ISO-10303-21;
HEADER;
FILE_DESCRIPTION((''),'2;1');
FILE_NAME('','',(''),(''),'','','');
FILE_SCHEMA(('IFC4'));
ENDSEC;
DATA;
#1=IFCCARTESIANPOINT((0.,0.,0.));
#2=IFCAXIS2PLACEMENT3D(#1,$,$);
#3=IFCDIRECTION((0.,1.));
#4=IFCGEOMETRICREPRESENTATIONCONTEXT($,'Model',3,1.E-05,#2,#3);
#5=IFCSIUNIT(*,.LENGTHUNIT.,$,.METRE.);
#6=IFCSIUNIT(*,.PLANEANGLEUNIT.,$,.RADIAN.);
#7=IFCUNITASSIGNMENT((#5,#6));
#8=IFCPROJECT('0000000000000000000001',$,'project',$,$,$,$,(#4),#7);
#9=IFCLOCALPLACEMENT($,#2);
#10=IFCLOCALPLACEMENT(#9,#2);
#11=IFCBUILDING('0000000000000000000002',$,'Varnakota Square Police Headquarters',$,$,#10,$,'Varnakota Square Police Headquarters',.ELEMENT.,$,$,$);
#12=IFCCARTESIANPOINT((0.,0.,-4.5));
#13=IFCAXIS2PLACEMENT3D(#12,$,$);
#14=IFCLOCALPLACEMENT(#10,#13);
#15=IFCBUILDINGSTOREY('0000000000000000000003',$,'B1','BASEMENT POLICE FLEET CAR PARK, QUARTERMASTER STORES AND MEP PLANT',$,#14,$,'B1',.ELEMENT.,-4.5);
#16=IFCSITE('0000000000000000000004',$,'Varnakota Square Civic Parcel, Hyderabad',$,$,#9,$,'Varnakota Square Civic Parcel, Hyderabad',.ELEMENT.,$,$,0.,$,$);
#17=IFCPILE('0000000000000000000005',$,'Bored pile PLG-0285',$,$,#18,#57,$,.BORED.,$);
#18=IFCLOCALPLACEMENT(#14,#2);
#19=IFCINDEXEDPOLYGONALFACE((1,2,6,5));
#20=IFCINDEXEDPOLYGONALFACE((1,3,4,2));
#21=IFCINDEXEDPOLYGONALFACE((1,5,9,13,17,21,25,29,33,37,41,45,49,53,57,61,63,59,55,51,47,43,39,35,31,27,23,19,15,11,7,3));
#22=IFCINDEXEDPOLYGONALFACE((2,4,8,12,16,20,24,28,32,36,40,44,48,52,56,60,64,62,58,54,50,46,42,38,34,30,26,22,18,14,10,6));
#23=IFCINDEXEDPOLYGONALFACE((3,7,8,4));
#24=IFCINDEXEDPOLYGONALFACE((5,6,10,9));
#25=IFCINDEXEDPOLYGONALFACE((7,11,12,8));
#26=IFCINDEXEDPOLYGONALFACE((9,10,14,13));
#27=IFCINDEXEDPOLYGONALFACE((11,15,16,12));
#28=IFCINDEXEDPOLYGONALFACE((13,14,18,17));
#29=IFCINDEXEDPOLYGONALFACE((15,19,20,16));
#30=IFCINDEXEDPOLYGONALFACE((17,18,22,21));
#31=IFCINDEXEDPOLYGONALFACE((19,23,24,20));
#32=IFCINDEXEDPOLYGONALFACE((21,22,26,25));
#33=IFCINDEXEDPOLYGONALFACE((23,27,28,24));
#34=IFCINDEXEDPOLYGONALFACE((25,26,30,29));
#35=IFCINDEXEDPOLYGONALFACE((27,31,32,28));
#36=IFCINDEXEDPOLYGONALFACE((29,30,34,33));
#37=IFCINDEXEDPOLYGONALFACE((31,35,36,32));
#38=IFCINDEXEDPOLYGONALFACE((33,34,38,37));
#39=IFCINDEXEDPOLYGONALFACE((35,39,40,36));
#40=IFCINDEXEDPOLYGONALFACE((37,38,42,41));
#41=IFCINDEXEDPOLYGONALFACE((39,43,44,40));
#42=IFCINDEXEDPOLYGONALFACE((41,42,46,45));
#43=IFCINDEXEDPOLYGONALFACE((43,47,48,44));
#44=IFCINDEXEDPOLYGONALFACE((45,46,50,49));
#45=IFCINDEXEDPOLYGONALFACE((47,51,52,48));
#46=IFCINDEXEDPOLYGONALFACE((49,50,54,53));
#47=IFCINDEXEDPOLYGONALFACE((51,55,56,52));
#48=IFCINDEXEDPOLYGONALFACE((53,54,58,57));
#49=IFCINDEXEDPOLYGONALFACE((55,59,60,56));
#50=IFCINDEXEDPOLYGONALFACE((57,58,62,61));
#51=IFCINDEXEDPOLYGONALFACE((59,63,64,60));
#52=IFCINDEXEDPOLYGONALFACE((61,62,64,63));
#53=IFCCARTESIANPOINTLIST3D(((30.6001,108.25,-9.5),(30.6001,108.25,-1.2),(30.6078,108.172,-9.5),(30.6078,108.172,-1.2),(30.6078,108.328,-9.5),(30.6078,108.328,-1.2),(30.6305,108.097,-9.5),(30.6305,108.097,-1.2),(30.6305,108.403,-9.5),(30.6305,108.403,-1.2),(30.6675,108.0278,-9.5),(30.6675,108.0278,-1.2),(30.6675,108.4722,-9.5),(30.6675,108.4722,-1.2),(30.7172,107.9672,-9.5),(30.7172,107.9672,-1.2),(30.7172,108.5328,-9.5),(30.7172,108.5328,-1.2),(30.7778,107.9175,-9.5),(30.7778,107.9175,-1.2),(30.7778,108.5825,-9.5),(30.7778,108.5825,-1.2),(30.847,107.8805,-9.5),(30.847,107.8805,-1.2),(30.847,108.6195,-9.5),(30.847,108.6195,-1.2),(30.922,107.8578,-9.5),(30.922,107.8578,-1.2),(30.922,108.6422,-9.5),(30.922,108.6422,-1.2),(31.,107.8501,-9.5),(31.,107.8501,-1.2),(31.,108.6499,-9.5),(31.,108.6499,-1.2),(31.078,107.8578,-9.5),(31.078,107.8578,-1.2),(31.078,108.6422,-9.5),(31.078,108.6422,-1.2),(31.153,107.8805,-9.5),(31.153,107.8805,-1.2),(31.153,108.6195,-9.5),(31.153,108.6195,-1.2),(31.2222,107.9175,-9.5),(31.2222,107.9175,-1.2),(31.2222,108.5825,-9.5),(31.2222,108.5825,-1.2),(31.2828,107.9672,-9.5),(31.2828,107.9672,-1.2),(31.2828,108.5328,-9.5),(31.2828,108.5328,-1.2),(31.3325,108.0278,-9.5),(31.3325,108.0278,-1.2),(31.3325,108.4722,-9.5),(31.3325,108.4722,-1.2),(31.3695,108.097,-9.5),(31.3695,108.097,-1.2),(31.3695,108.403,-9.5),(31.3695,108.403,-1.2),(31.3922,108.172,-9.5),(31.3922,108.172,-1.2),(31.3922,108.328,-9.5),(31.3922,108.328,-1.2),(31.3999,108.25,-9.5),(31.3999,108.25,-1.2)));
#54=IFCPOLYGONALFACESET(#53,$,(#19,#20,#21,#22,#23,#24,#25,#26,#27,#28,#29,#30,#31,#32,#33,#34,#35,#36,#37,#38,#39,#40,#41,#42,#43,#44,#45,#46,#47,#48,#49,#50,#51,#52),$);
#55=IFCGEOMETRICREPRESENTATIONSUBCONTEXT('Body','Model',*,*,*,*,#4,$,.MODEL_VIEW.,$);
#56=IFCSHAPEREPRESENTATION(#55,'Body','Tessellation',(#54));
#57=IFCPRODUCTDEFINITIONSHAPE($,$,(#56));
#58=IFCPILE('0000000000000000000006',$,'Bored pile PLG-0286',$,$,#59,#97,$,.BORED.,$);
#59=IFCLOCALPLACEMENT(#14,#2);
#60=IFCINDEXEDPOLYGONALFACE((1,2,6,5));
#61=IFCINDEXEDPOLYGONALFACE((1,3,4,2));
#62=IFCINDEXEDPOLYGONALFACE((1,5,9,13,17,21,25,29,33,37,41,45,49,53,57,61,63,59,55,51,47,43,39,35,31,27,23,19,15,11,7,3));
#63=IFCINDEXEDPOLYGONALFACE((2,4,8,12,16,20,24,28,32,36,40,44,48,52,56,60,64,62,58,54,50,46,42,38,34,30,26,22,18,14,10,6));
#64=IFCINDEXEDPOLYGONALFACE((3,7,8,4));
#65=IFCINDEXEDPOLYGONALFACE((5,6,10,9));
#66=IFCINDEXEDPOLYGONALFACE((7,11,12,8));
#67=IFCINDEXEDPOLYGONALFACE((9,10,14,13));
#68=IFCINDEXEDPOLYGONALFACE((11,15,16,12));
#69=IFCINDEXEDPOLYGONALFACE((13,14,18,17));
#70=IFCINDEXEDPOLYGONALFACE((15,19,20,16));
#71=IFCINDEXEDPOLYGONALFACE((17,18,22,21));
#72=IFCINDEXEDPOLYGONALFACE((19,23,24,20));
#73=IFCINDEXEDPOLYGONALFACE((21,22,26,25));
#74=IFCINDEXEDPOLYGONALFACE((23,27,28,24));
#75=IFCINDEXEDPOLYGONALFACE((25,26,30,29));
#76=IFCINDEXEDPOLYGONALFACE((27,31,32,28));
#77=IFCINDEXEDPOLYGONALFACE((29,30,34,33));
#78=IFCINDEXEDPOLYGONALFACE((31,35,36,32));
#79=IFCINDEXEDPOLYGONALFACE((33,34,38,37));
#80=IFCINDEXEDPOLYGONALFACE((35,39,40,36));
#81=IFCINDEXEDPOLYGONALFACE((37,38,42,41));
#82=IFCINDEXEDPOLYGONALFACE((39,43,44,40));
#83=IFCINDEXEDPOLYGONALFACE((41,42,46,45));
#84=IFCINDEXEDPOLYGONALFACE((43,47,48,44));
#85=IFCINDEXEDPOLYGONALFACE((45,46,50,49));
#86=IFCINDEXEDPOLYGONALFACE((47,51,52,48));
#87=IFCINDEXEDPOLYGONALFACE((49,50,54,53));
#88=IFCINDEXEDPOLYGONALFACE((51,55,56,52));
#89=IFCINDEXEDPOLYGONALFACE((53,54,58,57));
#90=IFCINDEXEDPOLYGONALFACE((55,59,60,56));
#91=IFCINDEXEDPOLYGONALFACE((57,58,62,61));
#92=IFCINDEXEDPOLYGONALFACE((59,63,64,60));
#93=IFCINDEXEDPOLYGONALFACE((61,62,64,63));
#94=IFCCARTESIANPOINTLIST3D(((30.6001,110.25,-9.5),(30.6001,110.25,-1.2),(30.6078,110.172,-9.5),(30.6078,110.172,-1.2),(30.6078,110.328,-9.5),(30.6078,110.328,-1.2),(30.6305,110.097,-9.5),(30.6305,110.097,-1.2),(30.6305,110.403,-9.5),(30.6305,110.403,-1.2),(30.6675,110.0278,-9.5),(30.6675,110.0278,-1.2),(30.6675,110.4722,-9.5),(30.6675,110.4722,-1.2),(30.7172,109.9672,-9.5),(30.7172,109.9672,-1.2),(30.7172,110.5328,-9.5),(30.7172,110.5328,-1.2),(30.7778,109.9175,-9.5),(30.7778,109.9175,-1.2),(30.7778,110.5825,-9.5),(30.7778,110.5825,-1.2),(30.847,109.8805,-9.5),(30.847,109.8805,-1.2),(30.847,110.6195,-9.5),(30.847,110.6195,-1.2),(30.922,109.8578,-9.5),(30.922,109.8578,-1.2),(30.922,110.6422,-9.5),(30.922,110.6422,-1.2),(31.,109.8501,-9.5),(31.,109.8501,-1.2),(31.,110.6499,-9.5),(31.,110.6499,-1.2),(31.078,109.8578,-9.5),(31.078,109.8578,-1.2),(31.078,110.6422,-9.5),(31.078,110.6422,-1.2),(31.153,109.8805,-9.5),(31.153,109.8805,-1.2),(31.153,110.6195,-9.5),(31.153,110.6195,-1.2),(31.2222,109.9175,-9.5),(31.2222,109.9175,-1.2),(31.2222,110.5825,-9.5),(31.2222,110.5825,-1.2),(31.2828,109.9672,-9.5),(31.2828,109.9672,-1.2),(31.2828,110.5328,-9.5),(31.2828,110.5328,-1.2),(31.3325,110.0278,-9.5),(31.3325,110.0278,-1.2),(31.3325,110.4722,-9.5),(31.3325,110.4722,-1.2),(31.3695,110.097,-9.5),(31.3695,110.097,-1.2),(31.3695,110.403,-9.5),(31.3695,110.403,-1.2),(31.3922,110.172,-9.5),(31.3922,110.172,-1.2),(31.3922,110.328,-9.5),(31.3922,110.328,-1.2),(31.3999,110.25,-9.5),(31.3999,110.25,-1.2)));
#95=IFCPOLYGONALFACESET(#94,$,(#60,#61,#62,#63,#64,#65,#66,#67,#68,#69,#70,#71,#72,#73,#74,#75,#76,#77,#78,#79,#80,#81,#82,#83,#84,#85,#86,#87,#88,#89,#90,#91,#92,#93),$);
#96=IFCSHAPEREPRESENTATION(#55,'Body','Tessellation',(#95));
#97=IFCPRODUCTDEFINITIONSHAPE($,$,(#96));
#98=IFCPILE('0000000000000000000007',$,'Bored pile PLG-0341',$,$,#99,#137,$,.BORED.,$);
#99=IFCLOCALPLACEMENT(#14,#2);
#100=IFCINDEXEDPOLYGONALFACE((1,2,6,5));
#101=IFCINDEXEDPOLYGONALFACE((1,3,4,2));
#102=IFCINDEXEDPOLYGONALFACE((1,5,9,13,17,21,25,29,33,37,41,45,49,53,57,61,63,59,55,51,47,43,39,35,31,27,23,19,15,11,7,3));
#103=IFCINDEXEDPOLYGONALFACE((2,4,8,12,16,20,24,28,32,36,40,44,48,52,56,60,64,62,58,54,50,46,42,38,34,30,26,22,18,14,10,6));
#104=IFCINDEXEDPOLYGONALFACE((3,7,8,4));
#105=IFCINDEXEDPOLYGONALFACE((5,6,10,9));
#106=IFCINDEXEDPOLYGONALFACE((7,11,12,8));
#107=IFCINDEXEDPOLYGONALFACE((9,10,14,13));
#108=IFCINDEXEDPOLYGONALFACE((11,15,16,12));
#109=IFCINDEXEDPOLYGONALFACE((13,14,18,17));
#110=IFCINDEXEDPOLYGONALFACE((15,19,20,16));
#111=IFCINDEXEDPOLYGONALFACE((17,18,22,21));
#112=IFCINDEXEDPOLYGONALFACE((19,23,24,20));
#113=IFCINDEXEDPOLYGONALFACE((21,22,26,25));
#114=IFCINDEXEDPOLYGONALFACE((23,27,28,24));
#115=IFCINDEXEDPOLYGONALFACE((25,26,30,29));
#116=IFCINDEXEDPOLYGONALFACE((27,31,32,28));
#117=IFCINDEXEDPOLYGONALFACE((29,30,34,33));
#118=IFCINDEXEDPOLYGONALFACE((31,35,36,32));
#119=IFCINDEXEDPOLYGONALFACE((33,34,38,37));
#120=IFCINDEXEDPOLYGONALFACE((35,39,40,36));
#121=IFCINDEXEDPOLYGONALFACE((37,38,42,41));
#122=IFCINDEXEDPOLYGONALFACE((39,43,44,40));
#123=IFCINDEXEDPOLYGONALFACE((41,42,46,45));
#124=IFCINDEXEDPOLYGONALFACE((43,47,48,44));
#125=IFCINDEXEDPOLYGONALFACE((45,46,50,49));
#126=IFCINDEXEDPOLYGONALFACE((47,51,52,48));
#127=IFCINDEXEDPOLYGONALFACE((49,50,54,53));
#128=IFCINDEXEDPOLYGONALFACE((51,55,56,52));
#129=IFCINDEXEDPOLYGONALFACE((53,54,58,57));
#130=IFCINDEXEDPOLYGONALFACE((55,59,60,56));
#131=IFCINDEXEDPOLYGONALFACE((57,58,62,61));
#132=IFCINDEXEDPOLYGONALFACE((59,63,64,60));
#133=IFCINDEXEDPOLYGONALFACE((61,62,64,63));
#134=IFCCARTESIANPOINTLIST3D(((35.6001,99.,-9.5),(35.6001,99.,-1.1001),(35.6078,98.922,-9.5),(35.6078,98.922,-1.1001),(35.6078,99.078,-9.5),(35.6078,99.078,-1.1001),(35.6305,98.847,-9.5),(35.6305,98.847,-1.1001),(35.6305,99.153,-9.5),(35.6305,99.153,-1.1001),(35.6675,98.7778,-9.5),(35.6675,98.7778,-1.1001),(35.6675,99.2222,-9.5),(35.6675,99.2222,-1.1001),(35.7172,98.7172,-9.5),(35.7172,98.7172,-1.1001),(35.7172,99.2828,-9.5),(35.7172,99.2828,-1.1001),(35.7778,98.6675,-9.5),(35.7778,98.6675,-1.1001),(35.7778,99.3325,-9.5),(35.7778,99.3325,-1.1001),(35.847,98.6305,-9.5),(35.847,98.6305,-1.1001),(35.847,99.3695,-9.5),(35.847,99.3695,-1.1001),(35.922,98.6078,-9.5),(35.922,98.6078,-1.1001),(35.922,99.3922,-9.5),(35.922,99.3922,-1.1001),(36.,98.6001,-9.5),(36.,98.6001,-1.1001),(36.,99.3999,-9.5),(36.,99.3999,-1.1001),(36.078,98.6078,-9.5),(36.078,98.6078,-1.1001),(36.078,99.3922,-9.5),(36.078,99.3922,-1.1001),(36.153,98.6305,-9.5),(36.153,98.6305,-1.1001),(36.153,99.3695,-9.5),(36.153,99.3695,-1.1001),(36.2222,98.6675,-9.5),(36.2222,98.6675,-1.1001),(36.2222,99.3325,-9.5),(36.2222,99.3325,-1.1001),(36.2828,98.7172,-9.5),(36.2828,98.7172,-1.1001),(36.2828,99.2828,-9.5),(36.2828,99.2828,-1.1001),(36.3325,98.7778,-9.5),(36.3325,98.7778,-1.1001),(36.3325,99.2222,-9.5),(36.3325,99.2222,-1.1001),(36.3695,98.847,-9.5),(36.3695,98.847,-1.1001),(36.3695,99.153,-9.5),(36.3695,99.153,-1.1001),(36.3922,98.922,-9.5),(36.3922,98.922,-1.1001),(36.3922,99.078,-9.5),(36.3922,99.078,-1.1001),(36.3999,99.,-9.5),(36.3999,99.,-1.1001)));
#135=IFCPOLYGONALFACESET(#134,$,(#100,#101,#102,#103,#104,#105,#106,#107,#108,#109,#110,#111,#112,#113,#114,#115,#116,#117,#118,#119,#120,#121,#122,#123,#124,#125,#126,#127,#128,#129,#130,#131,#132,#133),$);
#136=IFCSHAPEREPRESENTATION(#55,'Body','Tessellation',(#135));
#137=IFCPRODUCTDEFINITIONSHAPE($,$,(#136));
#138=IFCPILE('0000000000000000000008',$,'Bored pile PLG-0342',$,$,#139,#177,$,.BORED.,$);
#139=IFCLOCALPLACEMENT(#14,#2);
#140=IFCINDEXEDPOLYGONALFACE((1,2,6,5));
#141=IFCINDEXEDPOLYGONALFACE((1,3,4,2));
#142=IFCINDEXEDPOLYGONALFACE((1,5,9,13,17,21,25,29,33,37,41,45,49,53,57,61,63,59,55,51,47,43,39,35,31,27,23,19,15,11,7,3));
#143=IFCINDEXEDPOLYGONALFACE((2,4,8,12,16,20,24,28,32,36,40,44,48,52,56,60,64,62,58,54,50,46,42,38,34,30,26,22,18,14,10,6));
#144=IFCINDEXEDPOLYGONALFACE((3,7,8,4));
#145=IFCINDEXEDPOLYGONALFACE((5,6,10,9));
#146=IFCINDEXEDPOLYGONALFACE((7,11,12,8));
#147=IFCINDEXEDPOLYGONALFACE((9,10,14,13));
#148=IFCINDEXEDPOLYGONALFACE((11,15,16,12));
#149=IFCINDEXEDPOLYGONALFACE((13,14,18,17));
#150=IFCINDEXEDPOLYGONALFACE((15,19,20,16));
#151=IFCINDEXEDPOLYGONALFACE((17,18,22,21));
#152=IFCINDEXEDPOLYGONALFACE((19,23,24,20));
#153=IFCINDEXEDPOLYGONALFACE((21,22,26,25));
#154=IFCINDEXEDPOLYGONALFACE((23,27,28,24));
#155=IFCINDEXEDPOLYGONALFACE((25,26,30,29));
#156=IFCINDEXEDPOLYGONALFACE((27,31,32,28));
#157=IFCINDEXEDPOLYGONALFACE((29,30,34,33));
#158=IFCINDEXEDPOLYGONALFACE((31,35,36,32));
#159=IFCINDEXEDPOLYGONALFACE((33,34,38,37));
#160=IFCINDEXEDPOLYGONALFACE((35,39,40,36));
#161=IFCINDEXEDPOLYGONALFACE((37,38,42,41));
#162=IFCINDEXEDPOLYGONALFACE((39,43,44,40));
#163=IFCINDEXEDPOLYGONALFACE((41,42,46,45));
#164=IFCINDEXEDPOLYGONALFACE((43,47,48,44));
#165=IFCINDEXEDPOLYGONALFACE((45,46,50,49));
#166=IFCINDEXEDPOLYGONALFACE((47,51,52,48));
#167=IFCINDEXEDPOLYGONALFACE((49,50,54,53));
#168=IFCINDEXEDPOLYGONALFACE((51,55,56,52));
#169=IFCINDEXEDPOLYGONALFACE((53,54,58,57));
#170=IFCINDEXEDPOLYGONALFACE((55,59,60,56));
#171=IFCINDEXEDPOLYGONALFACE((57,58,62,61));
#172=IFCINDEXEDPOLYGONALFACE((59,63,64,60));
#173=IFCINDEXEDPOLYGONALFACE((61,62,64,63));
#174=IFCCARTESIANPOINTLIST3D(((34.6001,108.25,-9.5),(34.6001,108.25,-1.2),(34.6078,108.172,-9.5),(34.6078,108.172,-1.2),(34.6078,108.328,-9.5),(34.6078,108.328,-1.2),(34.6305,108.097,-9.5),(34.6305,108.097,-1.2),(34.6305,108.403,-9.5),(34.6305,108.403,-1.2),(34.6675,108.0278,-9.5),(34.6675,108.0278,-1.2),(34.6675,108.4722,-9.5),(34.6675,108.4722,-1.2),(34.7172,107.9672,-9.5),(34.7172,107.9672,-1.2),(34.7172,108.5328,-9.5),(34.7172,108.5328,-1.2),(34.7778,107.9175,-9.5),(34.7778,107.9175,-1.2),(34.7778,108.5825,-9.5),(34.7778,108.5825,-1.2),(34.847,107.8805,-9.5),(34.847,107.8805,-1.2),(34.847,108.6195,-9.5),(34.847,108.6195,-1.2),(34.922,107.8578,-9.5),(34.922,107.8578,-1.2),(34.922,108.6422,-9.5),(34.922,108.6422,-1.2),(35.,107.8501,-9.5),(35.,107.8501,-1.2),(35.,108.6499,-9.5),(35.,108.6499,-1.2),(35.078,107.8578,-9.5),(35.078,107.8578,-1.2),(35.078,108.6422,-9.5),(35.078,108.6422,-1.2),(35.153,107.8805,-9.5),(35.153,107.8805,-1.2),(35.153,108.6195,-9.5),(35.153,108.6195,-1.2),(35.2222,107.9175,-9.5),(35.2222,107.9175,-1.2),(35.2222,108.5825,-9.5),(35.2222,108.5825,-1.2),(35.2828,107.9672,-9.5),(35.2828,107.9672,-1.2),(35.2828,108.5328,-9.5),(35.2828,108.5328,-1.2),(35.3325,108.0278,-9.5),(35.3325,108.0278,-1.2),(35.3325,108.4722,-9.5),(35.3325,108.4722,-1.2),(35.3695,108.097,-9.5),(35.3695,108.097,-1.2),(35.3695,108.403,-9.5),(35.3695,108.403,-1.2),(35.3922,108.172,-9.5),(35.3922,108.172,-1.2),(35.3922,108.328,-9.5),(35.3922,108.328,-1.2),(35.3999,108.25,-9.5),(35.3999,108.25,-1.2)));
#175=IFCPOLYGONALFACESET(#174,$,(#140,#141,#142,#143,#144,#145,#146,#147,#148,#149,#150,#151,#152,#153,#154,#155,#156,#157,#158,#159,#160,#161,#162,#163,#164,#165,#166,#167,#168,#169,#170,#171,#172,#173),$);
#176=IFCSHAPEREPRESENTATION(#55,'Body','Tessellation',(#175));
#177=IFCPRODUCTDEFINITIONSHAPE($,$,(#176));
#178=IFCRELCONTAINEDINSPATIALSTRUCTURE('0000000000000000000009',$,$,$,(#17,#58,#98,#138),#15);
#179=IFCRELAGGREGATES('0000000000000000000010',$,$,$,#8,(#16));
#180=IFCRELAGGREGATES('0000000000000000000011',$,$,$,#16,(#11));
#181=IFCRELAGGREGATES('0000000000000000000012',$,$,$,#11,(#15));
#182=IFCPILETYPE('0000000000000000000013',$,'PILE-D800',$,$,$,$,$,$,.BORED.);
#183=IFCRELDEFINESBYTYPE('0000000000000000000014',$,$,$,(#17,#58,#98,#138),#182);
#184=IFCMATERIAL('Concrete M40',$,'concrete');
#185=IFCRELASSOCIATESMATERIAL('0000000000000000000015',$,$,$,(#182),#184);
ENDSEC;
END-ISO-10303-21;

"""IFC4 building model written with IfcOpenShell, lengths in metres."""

from ifc_helpers import new_model, si_unit, direction, frame, origin, origin_2d, place, context, subcontext, project, spatial, circle, extrude, material, material_profile, profile_set, type_object, element, save


model = new_model("IFC4")

# Units and contexts
model_context = context("Model", 3, precision=1e-05, world=origin(), true_north=direction((0.0, 1.0)))
body_context = subcontext(model_context, "Body", "Model", "MODEL_VIEW")
ifc_project = project(units=[si_unit("LENGTHUNIT", "METRE"), si_unit("PLANEANGLEUNIT", "RADIAN")], contexts=[model_context])

# Site, building, storey
site_placement = place(None, origin())
site = spatial("IfcSite", under=ifc_project, at=site_placement, Name="Varnakota Square Civic Parcel, Hyderabad", LongName="Varnakota Square Civic Parcel, Hyderabad", CompositionType="ELEMENT", RefElevation=0.0)
building_placement = place(site_placement, origin())
building = spatial("IfcBuilding", under=site, at=building_placement, Name="Varnakota Square Police Headquarters", LongName="Varnakota Square Police Headquarters", CompositionType="ELEMENT")
storey_placement = place(building_placement, frame((0.0, 0.0, -4.5)))
storey = spatial("IfcBuildingStorey", under=building, at=storey_placement, Name="B1", Description="BASEMENT POLICE FLEET CAR PARK, QUARTERMASTER STORES AND MEP PLANT", LongName="B1", CompositionType="ELEMENT", Elevation=-4.5)

# Shared definitions
ifc_material_1 = material(Name="Concrete M40", Category="concrete")

# Piles
ifc_material_profile_1 = material_profile(ifc_material_1, circle(Radius=0.3999, at=origin_2d()), Name="BORED PILE 800")
ifc_profile_set_1 = profile_set([ifc_material_profile_1], Name="Concrete M40")
pile_type = type_object("IfcPileType", Name="PILE-D800", PredefinedType="BORED", material=ifc_profile_set_1)
for number, where, z_axis, x_axis, name in (
    (1, (31.0, 108.25, -1.2), (0.0, 0.0, -1.0), (1.0, 0.0, 0.0), "Bored pile PLG-0285"),
    (2, (31.0, 110.25, -1.2), (0.0, 0.0, -1.0), (1.0, 0.0, 0.0), "Bored pile PLG-0286"),
):
    element("IfcPile", number, at=place(storey_placement, frame(where, z_axis=z_axis, x_axis=x_axis)), inside=storey, type_object=pile_type, Name=name, PredefinedType="BORED", context=body_context, shape_type="SweptSolid", body=[
        extrude(circle(Radius=0.3999, at=origin_2d()), origin(), (0.0, 0.0, 1.0), 8.3),
    ])
pile_placement = place(storey_placement, frame((36.0, 99.0, -1.1001), z_axis=(0.0, 0.0, -1.0), x_axis=(1.0, 0.0, 0.0)))
element("IfcPile", 3, at=pile_placement, inside=storey, type_object=pile_type, Name="Bored pile PLG-0341", PredefinedType="BORED", context=body_context, shape_type="SweptSolid", body=[
    extrude(circle(Radius=0.3999, at=origin_2d()), origin(), (0.0, 0.0, 1.0), 8.3999),
])
for number, where, z_axis, x_axis, name in (
    (4, (35.0, 108.25, -1.2), (0.0, 0.0, -1.0), (1.0, 0.0, 0.0), "Bored pile PLG-0342"),
):
    element("IfcPile", number, at=place(storey_placement, frame(where, z_axis=z_axis, x_axis=x_axis)), inside=storey, type_object=pile_type, Name=name, PredefinedType="BORED", context=body_context, shape_type="SweptSolid", body=[
        extrude(circle(Radius=0.3999, at=origin_2d()), origin(), (0.0, 0.0, 1.0), 8.3),
    ])

save(model, "model.ifc")
